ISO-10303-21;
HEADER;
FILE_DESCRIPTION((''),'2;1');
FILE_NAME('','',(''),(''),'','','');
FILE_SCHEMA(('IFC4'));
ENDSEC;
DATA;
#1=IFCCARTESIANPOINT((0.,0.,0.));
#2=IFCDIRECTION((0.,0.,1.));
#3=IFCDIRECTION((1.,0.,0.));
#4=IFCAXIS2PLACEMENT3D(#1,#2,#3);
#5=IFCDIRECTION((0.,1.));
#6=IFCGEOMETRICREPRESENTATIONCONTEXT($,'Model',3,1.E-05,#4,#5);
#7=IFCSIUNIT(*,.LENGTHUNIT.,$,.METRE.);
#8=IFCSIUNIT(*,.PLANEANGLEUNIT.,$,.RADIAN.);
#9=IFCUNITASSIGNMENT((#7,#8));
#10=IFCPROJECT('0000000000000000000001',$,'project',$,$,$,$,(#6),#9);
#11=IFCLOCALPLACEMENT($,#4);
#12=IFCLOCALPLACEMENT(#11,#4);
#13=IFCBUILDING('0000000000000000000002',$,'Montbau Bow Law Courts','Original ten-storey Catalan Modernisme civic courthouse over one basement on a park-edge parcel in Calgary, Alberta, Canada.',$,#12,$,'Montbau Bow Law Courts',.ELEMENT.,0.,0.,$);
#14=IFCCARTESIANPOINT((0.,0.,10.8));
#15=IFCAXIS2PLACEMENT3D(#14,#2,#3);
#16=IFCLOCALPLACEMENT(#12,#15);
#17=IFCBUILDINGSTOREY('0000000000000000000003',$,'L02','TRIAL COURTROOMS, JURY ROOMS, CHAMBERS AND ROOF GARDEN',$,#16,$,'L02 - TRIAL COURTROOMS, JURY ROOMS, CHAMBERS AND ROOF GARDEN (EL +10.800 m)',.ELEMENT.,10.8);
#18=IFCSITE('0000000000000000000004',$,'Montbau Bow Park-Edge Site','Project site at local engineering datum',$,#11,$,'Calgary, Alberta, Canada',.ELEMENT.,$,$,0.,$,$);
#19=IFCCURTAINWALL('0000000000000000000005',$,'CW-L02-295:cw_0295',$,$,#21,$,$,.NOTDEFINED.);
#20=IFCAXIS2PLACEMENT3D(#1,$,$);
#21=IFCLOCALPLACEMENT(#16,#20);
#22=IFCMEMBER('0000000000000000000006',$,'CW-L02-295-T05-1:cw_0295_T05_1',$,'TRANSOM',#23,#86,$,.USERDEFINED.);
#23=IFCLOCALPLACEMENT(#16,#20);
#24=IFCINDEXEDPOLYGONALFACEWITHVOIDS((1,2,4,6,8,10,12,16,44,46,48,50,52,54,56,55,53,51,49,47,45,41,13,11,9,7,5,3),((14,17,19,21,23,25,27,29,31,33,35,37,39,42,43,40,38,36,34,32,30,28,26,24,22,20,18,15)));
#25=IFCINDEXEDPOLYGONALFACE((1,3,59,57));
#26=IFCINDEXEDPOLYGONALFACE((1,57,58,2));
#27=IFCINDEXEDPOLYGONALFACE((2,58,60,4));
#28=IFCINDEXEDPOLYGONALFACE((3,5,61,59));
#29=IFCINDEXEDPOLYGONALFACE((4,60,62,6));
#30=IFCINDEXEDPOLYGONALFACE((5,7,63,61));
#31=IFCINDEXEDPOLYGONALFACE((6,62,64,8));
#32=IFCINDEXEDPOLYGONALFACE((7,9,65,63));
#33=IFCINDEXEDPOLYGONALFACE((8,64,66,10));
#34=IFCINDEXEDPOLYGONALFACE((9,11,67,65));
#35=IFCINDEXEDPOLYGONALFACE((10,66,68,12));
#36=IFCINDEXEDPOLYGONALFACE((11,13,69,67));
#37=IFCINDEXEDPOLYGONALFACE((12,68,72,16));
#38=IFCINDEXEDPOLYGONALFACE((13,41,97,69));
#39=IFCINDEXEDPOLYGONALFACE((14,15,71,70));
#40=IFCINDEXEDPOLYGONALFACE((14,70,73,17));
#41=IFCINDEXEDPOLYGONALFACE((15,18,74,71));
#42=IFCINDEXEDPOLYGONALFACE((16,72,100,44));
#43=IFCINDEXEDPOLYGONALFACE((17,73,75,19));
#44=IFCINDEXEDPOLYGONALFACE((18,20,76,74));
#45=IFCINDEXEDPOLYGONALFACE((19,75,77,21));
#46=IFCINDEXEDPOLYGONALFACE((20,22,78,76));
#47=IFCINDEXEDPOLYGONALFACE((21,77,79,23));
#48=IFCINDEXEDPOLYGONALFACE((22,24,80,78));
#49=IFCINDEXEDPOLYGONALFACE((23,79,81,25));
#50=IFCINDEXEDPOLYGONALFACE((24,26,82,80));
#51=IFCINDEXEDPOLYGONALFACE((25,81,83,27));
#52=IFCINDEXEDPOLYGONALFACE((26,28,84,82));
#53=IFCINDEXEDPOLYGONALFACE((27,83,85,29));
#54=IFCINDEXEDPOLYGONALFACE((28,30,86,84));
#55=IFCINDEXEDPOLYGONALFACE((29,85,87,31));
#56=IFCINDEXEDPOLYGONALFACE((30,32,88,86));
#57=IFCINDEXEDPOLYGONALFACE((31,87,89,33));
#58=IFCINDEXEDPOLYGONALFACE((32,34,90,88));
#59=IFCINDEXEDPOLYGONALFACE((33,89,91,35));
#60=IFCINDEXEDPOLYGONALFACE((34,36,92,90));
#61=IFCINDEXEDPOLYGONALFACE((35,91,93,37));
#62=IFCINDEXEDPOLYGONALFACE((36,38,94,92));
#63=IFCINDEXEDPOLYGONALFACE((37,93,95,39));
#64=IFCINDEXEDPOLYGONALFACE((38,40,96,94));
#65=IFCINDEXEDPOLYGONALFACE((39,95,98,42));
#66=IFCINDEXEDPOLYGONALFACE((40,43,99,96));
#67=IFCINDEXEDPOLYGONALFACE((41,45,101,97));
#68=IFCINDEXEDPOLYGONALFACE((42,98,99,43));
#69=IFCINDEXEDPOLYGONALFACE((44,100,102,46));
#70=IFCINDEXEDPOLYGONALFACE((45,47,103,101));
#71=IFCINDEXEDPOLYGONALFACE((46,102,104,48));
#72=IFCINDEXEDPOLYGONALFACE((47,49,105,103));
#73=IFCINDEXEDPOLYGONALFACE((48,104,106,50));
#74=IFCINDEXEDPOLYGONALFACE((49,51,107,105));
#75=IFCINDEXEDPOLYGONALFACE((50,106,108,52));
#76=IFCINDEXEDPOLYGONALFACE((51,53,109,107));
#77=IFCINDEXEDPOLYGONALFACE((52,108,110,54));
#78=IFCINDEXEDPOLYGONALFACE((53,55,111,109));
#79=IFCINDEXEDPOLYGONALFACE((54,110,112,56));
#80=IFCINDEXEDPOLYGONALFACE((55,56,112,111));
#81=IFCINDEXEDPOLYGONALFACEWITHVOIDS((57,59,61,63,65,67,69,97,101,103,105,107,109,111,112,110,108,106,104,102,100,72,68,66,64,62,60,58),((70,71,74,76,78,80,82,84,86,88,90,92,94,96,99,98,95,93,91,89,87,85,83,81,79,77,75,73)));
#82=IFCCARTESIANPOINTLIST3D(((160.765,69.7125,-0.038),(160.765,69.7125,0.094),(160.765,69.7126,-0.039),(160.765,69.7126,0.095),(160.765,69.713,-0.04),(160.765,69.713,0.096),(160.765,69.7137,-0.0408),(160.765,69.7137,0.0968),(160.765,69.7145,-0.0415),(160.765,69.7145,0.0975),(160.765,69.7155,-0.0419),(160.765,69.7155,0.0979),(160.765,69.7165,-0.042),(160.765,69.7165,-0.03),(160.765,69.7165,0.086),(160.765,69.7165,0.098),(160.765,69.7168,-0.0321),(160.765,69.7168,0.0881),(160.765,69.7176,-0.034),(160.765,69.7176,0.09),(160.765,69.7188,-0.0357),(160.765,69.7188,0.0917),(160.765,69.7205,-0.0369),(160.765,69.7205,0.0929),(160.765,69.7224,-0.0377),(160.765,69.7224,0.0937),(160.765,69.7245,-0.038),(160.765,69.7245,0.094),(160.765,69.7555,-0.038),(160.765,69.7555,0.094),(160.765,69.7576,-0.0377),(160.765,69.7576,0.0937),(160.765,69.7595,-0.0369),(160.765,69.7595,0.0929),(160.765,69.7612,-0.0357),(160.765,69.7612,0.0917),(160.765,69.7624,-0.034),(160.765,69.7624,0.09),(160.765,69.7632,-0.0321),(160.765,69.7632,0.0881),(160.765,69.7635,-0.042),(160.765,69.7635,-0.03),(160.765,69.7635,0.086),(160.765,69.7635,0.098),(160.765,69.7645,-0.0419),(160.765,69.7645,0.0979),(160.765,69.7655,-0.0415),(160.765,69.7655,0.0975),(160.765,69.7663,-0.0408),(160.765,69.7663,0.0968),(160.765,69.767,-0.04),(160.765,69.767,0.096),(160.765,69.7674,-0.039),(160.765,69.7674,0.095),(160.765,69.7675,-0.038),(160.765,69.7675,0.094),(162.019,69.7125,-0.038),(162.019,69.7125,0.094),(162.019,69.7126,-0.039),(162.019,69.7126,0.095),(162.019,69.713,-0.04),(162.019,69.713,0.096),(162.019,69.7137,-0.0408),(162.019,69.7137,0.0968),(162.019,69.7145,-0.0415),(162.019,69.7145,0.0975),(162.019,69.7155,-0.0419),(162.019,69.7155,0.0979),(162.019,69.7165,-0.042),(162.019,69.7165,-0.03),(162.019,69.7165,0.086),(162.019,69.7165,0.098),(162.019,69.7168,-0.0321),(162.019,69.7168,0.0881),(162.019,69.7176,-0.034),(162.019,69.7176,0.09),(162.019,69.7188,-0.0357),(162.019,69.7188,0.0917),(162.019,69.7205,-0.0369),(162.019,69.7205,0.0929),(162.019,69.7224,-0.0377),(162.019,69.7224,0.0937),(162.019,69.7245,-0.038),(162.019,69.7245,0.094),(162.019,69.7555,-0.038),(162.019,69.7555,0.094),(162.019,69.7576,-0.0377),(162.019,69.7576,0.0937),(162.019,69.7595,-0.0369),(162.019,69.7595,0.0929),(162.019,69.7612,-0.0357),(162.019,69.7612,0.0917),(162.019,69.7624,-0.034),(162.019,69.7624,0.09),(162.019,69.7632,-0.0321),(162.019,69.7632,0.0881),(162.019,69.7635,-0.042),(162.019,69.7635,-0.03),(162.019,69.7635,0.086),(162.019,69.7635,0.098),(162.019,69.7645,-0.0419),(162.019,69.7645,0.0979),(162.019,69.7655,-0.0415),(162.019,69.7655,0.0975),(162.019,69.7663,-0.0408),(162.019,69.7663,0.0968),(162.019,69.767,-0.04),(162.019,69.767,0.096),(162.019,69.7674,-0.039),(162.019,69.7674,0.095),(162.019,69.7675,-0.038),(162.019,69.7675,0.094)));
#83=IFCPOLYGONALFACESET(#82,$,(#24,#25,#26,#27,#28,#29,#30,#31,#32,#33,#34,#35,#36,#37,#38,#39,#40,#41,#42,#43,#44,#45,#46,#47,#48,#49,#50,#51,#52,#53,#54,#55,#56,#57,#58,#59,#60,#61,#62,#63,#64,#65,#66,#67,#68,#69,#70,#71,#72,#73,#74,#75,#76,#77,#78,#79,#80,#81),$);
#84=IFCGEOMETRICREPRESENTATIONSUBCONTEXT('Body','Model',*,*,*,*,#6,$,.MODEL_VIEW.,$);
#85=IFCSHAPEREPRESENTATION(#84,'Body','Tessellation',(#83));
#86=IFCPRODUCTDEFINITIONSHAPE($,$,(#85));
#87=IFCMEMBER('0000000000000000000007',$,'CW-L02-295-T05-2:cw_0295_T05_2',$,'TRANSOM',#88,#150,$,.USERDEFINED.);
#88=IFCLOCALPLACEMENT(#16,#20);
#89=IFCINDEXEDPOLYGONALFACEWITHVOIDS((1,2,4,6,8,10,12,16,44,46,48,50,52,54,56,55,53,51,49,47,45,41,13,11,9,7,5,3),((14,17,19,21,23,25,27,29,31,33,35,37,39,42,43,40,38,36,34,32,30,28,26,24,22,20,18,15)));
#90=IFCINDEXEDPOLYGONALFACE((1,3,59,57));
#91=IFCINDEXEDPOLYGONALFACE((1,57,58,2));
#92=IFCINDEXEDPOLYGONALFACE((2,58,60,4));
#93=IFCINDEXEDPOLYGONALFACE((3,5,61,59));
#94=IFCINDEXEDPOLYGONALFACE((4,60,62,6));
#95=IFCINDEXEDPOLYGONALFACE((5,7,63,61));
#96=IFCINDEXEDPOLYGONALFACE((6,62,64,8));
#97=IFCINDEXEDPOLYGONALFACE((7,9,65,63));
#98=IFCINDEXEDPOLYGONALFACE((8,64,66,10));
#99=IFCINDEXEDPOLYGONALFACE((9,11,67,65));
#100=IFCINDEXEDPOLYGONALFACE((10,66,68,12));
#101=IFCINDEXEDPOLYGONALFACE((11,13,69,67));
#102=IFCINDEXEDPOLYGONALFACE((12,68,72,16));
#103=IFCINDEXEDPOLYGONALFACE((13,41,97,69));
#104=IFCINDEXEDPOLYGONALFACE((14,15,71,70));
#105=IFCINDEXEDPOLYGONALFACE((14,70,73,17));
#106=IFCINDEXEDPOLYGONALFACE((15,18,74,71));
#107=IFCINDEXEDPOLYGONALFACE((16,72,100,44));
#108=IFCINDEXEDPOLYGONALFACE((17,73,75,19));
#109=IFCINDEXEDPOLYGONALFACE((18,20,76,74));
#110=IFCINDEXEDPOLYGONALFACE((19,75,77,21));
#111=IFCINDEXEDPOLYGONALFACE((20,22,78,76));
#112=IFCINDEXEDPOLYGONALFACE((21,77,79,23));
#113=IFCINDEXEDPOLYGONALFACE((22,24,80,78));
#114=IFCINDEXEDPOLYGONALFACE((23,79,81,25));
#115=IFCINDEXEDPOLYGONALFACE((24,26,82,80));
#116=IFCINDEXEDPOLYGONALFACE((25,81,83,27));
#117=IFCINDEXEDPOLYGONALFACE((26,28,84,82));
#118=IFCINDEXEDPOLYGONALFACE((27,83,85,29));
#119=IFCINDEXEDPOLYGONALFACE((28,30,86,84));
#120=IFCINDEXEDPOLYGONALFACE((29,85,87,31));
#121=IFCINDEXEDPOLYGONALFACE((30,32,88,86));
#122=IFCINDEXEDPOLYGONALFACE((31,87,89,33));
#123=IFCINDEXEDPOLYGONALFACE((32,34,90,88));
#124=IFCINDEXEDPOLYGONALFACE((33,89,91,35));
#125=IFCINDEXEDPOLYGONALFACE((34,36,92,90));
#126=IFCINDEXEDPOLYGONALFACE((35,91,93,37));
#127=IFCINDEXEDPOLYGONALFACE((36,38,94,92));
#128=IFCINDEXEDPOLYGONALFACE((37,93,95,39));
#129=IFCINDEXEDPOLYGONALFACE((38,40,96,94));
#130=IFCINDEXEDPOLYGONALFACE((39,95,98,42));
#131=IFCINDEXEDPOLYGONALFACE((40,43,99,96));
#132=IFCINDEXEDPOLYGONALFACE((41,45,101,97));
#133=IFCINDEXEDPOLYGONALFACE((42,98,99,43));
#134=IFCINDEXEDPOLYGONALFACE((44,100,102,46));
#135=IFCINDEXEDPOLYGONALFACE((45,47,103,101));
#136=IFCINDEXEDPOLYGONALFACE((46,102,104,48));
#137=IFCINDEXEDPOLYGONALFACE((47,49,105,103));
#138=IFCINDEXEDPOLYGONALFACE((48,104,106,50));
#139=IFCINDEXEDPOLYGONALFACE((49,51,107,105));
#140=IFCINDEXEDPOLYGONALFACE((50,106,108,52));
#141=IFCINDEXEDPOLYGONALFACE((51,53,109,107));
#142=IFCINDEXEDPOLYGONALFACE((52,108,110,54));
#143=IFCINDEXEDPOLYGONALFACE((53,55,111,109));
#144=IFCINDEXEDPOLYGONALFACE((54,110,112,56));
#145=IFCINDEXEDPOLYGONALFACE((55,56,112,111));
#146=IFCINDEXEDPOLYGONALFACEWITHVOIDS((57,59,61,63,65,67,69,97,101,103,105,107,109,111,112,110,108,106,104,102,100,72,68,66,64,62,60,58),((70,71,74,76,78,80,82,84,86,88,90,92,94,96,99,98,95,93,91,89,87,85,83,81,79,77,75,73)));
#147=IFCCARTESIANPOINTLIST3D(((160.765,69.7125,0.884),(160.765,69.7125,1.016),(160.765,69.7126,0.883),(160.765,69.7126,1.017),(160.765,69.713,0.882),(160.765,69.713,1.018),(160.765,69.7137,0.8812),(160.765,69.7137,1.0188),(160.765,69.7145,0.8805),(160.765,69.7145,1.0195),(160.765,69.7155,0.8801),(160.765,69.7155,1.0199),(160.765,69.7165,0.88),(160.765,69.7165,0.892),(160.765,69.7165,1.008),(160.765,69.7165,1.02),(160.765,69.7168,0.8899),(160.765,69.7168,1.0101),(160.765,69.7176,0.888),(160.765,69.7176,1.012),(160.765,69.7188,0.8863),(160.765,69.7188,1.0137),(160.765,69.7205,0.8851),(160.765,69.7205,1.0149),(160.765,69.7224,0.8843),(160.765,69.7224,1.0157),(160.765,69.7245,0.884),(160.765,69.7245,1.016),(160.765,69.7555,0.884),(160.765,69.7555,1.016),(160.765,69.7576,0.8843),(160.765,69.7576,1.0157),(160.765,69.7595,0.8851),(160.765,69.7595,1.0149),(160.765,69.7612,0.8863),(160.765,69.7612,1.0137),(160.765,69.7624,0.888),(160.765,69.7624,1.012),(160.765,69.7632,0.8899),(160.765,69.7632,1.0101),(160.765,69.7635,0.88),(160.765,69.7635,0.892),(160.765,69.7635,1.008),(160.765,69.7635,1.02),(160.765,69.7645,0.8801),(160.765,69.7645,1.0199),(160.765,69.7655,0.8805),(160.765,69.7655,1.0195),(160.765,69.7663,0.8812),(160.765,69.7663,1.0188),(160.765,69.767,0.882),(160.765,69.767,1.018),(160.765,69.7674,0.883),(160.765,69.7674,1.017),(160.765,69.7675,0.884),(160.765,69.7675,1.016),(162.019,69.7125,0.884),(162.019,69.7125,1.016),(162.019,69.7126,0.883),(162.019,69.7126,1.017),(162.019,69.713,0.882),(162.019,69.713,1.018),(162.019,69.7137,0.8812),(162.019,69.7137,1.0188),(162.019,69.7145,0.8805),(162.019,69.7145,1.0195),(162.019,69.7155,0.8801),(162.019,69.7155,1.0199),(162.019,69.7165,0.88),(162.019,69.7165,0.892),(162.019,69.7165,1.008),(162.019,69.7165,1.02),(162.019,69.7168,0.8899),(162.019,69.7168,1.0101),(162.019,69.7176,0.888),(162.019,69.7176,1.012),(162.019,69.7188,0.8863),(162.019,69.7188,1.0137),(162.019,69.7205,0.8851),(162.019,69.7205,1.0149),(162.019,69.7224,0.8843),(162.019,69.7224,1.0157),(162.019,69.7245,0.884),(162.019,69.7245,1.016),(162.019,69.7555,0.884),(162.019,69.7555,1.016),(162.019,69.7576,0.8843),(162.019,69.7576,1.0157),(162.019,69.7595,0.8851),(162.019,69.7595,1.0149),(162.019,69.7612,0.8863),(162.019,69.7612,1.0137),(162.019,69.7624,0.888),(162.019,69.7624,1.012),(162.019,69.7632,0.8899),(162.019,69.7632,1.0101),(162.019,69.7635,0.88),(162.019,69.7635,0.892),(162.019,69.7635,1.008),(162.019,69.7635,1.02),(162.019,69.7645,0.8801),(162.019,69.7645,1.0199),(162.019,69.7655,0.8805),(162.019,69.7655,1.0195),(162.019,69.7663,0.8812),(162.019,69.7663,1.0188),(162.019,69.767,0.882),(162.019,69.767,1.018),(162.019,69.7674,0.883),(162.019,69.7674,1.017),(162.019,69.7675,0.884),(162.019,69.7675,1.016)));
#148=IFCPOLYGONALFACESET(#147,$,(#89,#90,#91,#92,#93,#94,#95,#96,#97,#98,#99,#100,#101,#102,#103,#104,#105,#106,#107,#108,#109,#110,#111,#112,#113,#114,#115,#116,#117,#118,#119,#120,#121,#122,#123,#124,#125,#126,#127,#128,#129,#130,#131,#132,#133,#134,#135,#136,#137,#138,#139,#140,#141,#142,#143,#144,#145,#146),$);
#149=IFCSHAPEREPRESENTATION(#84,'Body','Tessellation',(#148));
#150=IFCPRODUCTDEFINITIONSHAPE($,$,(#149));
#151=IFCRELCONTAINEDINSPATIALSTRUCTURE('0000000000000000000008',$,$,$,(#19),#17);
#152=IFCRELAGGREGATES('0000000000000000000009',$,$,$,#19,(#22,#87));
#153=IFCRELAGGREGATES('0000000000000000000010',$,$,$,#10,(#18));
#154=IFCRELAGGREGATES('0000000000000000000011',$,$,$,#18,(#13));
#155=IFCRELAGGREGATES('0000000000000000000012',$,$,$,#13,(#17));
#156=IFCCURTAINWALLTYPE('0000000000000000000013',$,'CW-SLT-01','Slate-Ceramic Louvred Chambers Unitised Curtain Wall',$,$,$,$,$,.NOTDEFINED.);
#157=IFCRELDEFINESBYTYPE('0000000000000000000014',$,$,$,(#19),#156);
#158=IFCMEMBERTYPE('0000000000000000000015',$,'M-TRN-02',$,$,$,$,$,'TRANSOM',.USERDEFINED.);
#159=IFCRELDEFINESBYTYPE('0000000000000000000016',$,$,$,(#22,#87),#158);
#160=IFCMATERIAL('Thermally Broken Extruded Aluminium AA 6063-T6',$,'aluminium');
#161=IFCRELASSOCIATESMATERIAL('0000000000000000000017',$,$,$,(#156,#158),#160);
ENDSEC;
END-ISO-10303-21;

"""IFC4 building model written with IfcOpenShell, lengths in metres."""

from ifc_helpers import new_model, si_unit, direction, frame, origin_with_axes, origin_2d_with_axis, place, context, subcontext, project, spatial, hollow_rectangle, extrude, material, material_profile, profile_set, type_object, element, aggregate, save


model = new_model("IFC4")

# Units and contexts
model_context = context("Model", 3, precision=1e-05, world=origin_with_axes(), true_north=direction((0.0, 1.0)))
body_context = subcontext(model_context, "Body", "Model", "MODEL_VIEW")
ifc_project = project(units=[si_unit("LENGTHUNIT", "METRE"), si_unit("PLANEANGLEUNIT", "RADIAN")], contexts=[model_context])

# Site, building, storey
site_placement = place(None, origin_with_axes())
site = spatial("IfcSite", under=ifc_project, at=site_placement, Name="Montbau Bow Park-Edge Site", Description="Project site at local engineering datum", LongName="Calgary, Alberta, Canada", CompositionType="ELEMENT", RefElevation=0.0)
building_placement = place(site_placement, origin_with_axes())
building = spatial("IfcBuilding", under=site, at=building_placement, Name="Montbau Bow Law Courts", Description="Original ten-storey Catalan Modernisme civic courthouse over one basement on a park-edge parcel in Calgary, Alberta, Canada.", LongName="Montbau Bow Law Courts", CompositionType="ELEMENT", ElevationOfRefHeight=0.0, ElevationOfTerrain=0.0)
storey_placement = place(building_placement, frame((0.0, 0.0, 10.8), z_axis=(0.0, 0.0, 1.0), x_axis=(1.0, 0.0, 0.0)))
storey = spatial("IfcBuildingStorey", under=building, at=storey_placement, Name="L02", Description="TRIAL COURTROOMS, JURY ROOMS, CHAMBERS AND ROOF GARDEN", LongName="L02 - TRIAL COURTROOMS, JURY ROOMS, CHAMBERS AND ROOF GARDEN (EL +10.800 m)", CompositionType="ELEMENT", Elevation=10.8)

# Curtain wall
ifc_material_1 = material(Name="Thermally Broken Extruded Aluminium AA 6063-T6", Category="aluminium")
curtain_wall_type = type_object("IfcCurtainWallType", Name="CW-SLT-01", Description="Slate-Ceramic Louvred Chambers Unitised Curtain Wall", PredefinedType="NOTDEFINED", material=ifc_material_1)
curtain_wall_1_placement = place(None, frame((155.315, 69.74, 10.8), z_axis=(0.0, 0.0, 1.0), x_axis=(1.0, 0.0, 0.0)))
curtain_wall_1 = element("IfcCurtainWall", 1, at=curtain_wall_1_placement, inside=storey, type_object=curtain_wall_type, Name="CW-L02-295:cw_0295", PredefinedType="NOTDEFINED")

# Members
ifc_material_profile_1 = material_profile(ifc_material_1, hollow_rectangle(XDim=0.055, YDim=0.14, WallThickness=0.004, InnerFilletRadius=0.008, OuterFilletRadius=0.004, at=origin_2d_with_axis()), Name="CWT-140X55", Category="Main", Priority=0)
ifc_profile_set_1 = profile_set([ifc_material_profile_1], Name="Thermally Broken Extruded Aluminium AA 6063-T6")
member_type_1 = type_object("IfcMemberType", Name="M-TRN-02", ElementType="TRANSOM", PredefinedType="USERDEFINED", material=ifc_profile_set_1)
member_1_placement = place(None, frame((160.765, 69.74, 10.828), z_axis=(1.0, 0.0, 0.0), x_axis=(0.0, 1.0, 0.0)))
member_1 = element("IfcMember", 2, at=member_1_placement, type_object=member_type_1, Name="CW-L02-295-T05-1:cw_0295_T05_1", ObjectType="TRANSOM", PredefinedType="USERDEFINED", context=body_context, shape_type="SweptSolid", body=[
    extrude(hollow_rectangle(XDim=0.055, YDim=0.14, WallThickness=0.004, InnerFilletRadius=0.008, OuterFilletRadius=0.004, at=origin_2d_with_axis()), origin_with_axes(), (0.0, 0.0, 1.0), 1.254),
])
member_2_placement = place(None, frame((160.765, 69.74, 11.75), z_axis=(1.0, 0.0, 0.0), x_axis=(0.0, 1.0, 0.0)))
member_2 = element("IfcMember", 3, at=member_2_placement, type_object=member_type_1, Name="CW-L02-295-T05-2:cw_0295_T05_2", ObjectType="TRANSOM", PredefinedType="USERDEFINED", context=body_context, shape_type="SweptSolid", body=[
    extrude(hollow_rectangle(XDim=0.055, YDim=0.14, WallThickness=0.004, InnerFilletRadius=0.008, OuterFilletRadius=0.004, at=origin_2d_with_axis()), origin_with_axes(), (0.0, 0.0, 1.0), 1.254),
])

aggregate(curtain_wall_1, [member_1, member_2])

save(model, "model.ifc")
